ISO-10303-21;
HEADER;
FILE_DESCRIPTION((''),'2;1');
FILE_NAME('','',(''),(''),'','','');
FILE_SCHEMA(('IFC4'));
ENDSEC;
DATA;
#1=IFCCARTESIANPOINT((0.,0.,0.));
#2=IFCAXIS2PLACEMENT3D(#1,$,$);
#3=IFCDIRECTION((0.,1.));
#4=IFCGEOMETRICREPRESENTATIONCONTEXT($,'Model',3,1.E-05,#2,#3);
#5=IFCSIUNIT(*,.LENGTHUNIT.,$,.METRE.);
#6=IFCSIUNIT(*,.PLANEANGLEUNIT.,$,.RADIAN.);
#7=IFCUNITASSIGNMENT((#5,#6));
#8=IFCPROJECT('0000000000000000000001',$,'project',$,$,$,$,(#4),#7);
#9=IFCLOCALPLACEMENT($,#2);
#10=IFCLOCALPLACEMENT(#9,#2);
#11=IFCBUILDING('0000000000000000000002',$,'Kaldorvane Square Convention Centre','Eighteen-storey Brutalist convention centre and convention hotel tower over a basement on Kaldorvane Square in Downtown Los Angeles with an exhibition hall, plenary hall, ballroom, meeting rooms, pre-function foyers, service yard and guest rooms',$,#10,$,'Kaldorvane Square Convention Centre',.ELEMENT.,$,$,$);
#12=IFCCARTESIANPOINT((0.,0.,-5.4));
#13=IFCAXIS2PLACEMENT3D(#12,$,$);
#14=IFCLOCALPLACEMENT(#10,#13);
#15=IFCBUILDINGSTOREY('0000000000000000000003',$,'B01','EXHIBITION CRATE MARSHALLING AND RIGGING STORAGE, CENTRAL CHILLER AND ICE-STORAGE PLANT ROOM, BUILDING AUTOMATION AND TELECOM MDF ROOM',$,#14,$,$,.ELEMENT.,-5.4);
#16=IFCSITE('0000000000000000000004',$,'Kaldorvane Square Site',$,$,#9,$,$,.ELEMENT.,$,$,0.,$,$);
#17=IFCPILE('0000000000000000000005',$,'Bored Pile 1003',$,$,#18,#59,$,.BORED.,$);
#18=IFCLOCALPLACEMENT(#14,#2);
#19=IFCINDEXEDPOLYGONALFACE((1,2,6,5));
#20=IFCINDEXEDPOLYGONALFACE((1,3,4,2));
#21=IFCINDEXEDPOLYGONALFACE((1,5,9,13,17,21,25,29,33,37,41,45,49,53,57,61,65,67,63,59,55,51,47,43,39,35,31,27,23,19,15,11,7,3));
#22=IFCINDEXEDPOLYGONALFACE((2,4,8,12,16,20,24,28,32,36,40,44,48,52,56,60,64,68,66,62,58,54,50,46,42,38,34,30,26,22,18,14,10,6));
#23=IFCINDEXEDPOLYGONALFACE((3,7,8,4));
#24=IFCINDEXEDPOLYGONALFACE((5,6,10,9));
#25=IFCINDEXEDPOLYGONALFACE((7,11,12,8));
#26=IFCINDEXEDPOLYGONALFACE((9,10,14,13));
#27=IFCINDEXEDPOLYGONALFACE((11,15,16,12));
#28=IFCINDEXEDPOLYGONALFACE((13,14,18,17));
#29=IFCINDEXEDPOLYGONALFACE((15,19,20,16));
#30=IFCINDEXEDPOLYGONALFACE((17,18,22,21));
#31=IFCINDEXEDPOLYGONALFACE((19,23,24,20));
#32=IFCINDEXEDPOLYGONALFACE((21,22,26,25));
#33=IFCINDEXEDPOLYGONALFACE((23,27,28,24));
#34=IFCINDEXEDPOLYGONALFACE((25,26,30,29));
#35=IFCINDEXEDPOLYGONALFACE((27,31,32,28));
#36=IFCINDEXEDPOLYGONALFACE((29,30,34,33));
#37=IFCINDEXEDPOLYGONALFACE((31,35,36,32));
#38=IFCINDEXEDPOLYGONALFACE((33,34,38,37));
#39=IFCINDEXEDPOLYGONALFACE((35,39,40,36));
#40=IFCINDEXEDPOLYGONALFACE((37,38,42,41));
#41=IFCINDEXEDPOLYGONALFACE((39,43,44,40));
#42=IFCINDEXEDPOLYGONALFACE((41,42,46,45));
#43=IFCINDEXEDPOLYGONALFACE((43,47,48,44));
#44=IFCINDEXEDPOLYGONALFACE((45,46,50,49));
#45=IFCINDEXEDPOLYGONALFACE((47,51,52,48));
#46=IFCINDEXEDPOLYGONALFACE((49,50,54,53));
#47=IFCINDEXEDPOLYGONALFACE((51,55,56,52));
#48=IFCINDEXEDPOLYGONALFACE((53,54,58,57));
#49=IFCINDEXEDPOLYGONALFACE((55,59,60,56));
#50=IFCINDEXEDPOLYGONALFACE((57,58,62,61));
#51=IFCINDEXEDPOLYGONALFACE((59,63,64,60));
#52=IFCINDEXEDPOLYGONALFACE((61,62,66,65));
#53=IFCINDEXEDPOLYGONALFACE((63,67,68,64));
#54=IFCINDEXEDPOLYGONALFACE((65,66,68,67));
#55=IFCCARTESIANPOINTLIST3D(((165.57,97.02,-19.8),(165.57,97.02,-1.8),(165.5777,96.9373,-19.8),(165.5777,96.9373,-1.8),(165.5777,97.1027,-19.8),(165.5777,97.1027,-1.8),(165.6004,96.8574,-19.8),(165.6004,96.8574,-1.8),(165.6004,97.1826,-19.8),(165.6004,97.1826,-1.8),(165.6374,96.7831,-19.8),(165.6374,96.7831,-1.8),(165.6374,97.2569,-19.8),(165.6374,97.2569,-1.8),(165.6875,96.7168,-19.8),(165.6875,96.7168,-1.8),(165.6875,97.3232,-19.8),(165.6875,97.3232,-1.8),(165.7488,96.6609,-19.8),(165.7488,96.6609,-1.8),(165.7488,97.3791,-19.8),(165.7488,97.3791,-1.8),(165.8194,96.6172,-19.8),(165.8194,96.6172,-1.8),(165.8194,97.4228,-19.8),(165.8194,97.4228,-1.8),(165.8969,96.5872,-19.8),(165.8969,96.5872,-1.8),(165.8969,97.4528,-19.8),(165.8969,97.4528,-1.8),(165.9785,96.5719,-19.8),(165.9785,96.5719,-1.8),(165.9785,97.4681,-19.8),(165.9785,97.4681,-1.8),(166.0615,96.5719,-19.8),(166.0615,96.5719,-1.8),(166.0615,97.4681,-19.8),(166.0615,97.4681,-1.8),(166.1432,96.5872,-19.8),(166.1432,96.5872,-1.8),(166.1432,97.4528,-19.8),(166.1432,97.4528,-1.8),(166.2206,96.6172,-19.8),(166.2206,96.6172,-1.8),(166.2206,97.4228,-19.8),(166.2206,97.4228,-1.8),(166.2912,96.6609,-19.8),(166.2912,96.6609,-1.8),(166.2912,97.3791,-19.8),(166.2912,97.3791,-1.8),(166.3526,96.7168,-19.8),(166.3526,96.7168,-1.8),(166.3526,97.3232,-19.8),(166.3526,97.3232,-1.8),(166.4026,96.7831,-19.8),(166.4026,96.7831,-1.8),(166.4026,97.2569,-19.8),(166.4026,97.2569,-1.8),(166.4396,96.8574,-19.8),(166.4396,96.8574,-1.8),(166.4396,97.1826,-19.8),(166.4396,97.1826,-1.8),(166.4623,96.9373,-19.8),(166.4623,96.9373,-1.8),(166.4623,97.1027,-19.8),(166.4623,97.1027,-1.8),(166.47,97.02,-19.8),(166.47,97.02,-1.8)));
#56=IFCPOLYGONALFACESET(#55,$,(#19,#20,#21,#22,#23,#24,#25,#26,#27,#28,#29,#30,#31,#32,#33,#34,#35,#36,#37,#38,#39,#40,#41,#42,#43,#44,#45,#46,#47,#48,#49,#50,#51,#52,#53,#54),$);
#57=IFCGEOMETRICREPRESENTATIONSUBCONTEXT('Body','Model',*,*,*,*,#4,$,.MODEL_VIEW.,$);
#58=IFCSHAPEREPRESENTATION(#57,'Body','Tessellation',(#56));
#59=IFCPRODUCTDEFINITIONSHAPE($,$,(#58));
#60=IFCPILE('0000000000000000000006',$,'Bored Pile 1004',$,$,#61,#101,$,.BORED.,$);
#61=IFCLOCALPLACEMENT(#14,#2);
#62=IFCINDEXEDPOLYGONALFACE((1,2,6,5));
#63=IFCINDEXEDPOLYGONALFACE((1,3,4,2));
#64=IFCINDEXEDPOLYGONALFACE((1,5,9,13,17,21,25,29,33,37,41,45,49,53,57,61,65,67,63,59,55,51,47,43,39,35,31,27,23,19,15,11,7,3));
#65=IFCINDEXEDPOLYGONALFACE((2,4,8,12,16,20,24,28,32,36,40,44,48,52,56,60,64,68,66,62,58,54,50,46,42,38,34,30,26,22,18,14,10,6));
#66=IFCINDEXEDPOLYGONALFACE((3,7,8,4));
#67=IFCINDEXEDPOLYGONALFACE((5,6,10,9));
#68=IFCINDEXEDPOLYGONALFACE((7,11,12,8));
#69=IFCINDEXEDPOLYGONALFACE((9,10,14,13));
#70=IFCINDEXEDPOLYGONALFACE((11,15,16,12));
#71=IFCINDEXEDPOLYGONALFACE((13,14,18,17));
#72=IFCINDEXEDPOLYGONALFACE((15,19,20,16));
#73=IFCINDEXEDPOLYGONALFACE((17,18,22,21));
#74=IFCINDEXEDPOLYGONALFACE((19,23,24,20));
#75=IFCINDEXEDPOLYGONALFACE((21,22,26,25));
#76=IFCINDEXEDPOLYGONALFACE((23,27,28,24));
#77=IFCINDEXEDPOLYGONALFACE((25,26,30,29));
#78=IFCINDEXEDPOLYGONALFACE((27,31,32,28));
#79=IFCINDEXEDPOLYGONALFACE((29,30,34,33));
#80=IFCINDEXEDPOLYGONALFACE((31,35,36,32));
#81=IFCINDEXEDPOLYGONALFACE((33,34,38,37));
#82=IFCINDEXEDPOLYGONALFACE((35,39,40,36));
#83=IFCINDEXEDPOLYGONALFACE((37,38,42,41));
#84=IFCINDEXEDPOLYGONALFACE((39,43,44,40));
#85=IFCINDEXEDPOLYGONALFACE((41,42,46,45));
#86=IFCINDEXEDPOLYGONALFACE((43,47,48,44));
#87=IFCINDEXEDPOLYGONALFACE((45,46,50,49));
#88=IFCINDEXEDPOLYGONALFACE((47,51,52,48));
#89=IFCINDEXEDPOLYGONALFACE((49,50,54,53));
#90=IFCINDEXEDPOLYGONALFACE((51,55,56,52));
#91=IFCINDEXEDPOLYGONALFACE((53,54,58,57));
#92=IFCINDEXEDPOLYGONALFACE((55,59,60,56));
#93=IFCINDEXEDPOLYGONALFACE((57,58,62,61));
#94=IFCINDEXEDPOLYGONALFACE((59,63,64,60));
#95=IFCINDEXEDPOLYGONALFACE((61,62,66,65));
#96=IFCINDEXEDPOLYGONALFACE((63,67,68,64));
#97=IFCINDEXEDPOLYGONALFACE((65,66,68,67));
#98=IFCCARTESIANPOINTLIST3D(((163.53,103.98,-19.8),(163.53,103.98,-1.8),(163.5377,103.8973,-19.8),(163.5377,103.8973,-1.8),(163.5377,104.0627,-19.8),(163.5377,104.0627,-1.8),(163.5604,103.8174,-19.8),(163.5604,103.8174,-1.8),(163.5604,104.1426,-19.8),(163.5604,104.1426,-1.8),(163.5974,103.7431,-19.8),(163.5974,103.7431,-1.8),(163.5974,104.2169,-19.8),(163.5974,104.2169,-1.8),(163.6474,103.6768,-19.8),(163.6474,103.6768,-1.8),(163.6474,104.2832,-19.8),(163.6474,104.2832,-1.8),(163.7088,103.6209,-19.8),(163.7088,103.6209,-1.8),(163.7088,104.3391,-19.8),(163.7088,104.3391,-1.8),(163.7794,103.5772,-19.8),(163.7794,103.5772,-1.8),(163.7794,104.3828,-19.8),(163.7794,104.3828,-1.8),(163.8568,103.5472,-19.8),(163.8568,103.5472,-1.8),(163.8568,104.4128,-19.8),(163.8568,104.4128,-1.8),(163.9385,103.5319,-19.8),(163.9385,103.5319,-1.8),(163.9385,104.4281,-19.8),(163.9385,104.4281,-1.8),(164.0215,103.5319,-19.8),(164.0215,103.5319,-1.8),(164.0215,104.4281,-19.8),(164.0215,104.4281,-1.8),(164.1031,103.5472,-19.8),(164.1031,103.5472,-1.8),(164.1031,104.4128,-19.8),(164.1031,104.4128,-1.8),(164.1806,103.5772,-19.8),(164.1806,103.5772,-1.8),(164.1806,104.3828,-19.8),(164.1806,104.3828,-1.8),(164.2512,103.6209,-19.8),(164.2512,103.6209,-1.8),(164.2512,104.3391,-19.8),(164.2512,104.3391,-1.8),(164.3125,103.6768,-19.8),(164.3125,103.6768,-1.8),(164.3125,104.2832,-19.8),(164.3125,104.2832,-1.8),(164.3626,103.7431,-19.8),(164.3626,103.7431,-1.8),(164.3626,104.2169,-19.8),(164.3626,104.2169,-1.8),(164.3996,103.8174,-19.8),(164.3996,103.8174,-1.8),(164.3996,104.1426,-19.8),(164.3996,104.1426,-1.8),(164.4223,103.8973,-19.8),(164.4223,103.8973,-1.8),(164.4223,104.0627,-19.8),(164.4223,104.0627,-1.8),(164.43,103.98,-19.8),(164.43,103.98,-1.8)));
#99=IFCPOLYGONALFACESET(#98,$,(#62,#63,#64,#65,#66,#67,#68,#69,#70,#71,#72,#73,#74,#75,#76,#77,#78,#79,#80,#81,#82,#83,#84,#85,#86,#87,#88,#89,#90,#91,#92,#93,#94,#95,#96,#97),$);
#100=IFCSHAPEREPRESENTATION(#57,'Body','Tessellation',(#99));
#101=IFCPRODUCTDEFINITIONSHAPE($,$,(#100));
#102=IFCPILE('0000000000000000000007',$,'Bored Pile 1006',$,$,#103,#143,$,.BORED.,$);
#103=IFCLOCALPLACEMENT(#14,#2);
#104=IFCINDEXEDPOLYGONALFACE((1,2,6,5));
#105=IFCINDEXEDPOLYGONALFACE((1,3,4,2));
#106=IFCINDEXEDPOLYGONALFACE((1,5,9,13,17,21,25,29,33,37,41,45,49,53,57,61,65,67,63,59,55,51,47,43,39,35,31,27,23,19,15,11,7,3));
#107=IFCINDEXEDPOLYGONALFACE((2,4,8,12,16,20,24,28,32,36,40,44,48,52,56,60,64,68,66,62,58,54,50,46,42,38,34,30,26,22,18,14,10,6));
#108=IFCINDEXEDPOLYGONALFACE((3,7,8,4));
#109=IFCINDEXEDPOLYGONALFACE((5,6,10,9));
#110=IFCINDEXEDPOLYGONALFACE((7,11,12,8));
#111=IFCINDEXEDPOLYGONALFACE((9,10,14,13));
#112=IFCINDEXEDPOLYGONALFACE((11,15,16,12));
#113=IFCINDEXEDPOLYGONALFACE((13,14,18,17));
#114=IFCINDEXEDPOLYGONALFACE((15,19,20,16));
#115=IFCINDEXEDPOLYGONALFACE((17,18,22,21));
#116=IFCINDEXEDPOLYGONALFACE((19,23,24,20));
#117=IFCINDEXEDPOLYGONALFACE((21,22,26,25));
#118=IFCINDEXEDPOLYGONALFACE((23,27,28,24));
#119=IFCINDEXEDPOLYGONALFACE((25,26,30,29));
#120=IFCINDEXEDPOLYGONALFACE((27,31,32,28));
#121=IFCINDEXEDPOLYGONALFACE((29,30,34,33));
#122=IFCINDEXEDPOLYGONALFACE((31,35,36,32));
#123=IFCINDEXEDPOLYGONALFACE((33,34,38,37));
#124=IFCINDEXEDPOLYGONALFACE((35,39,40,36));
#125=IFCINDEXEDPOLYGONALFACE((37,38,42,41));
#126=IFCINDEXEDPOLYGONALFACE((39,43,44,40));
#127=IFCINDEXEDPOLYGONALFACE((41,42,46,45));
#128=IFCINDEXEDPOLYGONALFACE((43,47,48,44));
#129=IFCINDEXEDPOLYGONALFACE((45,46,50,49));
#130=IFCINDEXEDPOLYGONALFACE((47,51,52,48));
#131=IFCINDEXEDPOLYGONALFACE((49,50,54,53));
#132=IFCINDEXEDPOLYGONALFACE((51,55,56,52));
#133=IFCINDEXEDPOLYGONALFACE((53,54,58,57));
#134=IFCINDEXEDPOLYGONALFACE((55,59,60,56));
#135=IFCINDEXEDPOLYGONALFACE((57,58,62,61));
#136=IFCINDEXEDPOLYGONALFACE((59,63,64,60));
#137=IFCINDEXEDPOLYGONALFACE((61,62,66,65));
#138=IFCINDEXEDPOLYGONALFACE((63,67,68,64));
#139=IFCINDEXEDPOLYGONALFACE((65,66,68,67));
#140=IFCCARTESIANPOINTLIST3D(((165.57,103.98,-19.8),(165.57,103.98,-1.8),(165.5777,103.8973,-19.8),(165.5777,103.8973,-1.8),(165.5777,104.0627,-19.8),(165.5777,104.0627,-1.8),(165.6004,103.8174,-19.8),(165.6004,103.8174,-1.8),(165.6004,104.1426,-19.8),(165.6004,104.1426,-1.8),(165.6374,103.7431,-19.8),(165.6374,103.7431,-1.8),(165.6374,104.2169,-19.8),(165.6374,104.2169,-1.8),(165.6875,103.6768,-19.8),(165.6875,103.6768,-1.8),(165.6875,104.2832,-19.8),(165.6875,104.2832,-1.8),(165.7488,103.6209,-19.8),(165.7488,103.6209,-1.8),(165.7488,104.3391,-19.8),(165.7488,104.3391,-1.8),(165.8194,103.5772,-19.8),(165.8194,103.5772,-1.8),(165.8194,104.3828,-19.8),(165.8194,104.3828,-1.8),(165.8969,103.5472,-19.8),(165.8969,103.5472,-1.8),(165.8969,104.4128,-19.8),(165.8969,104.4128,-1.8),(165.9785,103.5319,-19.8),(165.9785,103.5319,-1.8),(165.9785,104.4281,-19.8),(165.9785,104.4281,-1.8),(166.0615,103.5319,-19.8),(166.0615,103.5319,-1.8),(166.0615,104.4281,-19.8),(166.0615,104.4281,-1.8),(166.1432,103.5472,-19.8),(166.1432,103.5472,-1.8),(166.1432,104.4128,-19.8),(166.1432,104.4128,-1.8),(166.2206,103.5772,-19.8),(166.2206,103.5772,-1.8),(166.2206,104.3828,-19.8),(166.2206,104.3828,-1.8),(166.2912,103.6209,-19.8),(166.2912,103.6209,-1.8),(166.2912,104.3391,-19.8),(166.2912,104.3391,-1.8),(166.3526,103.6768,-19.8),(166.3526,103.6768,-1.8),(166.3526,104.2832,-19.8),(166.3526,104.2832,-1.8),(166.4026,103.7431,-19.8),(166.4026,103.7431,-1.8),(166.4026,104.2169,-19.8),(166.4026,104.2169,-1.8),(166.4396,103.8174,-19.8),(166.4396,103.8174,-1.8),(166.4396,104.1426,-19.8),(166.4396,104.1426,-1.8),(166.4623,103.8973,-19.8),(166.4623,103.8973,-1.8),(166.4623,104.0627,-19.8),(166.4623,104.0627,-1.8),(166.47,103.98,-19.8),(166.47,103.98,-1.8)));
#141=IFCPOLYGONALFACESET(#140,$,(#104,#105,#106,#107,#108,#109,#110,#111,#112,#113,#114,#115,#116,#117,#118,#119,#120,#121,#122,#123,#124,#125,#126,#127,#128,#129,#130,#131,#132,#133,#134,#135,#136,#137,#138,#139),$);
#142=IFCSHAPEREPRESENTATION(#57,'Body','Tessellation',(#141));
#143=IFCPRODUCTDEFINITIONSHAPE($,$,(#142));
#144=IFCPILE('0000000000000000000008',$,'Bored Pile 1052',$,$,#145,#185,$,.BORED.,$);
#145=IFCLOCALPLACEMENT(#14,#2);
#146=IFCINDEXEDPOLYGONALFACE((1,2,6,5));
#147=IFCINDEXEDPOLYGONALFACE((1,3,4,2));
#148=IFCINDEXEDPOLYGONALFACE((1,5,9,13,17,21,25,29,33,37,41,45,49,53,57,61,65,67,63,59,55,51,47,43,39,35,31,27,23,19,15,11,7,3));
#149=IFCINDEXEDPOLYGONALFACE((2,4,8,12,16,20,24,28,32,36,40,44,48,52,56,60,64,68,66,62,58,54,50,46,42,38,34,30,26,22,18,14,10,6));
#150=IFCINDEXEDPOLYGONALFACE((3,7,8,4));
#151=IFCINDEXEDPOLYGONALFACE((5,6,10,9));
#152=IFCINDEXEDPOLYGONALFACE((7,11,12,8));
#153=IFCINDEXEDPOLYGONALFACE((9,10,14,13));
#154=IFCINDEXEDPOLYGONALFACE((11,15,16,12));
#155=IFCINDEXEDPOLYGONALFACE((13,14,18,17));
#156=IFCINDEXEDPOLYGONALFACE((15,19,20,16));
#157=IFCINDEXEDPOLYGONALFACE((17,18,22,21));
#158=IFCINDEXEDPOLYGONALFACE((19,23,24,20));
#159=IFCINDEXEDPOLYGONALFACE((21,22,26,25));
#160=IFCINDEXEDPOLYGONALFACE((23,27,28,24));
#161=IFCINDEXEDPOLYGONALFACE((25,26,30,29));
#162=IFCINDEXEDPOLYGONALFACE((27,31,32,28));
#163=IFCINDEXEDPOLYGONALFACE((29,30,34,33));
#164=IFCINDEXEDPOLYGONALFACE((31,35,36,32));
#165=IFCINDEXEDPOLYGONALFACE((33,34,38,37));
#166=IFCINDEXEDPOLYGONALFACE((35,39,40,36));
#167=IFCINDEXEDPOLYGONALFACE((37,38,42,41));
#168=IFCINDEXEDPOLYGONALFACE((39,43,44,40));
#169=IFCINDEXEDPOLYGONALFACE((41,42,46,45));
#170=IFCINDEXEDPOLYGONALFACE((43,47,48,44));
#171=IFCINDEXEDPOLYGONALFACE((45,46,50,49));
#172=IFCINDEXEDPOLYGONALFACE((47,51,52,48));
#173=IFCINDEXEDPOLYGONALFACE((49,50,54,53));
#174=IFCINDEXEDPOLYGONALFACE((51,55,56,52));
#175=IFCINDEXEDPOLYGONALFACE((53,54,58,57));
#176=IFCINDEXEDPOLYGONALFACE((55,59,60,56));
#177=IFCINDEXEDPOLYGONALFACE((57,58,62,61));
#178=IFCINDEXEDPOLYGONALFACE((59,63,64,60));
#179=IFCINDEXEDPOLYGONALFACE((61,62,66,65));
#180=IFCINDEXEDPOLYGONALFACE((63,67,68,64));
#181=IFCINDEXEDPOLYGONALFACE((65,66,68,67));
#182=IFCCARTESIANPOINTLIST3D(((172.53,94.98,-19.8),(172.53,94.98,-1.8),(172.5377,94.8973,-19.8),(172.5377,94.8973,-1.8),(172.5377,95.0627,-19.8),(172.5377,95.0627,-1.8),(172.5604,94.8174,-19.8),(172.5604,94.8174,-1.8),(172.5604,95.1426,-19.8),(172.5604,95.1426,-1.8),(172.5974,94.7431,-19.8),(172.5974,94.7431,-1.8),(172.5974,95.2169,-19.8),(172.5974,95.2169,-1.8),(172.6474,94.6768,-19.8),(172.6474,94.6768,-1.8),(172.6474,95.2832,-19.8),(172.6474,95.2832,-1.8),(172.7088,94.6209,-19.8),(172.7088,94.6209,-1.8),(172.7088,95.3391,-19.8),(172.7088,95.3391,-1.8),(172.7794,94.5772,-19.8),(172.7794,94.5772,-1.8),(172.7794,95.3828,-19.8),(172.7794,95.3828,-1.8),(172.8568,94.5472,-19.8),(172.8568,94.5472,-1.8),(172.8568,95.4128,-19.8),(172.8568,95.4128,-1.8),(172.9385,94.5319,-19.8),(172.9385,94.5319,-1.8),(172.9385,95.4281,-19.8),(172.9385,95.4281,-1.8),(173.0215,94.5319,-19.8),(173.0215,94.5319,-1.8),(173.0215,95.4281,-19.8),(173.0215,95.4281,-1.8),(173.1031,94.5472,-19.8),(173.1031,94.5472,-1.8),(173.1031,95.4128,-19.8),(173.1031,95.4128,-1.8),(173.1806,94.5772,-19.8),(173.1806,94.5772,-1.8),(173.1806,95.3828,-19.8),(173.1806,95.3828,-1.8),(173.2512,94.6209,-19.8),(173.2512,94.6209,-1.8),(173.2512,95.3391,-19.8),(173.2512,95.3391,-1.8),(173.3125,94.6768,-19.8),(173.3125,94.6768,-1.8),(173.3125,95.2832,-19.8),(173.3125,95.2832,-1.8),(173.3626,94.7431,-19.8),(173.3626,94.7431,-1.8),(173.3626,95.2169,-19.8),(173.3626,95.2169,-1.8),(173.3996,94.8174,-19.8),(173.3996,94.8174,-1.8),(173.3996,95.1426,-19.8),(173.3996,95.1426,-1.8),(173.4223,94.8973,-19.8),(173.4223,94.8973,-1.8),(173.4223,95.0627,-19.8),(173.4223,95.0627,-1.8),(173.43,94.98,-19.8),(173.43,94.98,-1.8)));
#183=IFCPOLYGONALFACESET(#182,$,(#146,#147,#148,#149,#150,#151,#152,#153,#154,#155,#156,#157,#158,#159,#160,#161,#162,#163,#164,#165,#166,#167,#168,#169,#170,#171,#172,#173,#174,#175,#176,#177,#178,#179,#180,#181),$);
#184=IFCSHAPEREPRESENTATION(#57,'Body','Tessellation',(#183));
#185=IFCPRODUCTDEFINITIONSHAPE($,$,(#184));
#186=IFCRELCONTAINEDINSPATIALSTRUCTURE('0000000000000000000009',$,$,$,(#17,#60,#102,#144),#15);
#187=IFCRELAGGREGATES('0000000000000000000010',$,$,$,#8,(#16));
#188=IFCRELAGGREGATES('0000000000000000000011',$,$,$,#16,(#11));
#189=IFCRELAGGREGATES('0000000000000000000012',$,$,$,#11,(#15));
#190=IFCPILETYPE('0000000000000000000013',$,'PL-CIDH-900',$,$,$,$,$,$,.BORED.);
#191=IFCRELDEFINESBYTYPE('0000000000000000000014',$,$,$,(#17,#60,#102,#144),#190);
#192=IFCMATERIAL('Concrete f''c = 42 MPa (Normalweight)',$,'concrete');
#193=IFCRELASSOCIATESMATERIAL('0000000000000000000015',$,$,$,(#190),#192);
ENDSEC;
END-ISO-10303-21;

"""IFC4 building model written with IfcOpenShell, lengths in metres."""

from ifc_helpers import new_model, si_unit, direction, frame, origin, origin_2d, place, context, subcontext, project, spatial, circle, extrude, material, material_profile, profile_set, type_object, element, save


model = new_model("IFC4")

# Units and contexts
model_context = context("Model", 3, precision=1e-05, world=origin(), true_north=direction((0.0, 1.0)))
body_context = subcontext(model_context, "Body", "Model", "MODEL_VIEW")
ifc_project = project(units=[si_unit("LENGTHUNIT", "METRE"), si_unit("PLANEANGLEUNIT", "RADIAN")], contexts=[model_context])

# Site, building, storey
site_placement = place(None, origin())
site = spatial("IfcSite", under=ifc_project, at=site_placement, Name="Kaldorvane Square Site", CompositionType="ELEMENT", RefElevation=0.0)
building_placement = place(site_placement, origin())
building = spatial("IfcBuilding", under=site, at=building_placement, Name="Kaldorvane Square Convention Centre", Description="Eighteen-storey Brutalist convention centre and convention hotel tower over a basement on Kaldorvane Square in Downtown Los Angeles with an exhibition hall, plenary hall, ballroom, meeting rooms, pre-function foyers, service yard and guest rooms", LongName="Kaldorvane Square Convention Centre", CompositionType="ELEMENT")
storey_placement = place(building_placement, frame((0.0, 0.0, -5.4)))
storey = spatial("IfcBuildingStorey", under=building, at=storey_placement, Name="B01", Description="EXHIBITION CRATE MARSHALLING AND RIGGING STORAGE, CENTRAL CHILLER AND ICE-STORAGE PLANT ROOM, BUILDING AUTOMATION AND TELECOM MDF ROOM", CompositionType="ELEMENT", Elevation=-5.4)

# Shared definitions
ifc_material_1 = material(Name="Concrete f'c = 42 MPa (Normalweight)", Category="concrete")

# Piles
ifc_material_profile_1 = material_profile(ifc_material_1, circle(Radius=0.45, at=origin_2d()), Name="PILE-D900")
ifc_profile_set_1 = profile_set([ifc_material_profile_1], Name="Concrete f'c = 42 MPa (Normalweight)")
pile_type = type_object("IfcPileType", Name="PL-CIDH-900", PredefinedType="BORED", material=ifc_profile_set_1)
for number, where, z_axis, x_axis, name in (
    (1, (166.02, 97.02, -1.8), (0.0, 0.0, -1.0), (1.0, 0.0, 0.0), "Bored Pile 1003"),
    (2, (163.98, 103.98, -1.8), (0.0, 0.0, -1.0), (1.0, 0.0, 0.0), "Bored Pile 1004"),
    (3, (166.02, 103.98, -1.8), (0.0, 0.0, -1.0), (1.0, 0.0, 0.0), "Bored Pile 1006"),
    (4, (172.98, 94.98, -1.8), (0.0, 0.0, -1.0), (1.0, 0.0, 0.0), "Bored Pile 1052"),
):
    element("IfcPile", number, at=place(storey_placement, frame(where, z_axis=z_axis, x_axis=x_axis)), inside=storey, type_object=pile_type, Name=name, PredefinedType="BORED", context=body_context, shape_type="SweptSolid", body=[
        extrude(circle(Radius=0.45, at=origin_2d()), origin(), (0.0, 0.0, 1.0), 18.0),
    ])

save(model, "model.ifc")
